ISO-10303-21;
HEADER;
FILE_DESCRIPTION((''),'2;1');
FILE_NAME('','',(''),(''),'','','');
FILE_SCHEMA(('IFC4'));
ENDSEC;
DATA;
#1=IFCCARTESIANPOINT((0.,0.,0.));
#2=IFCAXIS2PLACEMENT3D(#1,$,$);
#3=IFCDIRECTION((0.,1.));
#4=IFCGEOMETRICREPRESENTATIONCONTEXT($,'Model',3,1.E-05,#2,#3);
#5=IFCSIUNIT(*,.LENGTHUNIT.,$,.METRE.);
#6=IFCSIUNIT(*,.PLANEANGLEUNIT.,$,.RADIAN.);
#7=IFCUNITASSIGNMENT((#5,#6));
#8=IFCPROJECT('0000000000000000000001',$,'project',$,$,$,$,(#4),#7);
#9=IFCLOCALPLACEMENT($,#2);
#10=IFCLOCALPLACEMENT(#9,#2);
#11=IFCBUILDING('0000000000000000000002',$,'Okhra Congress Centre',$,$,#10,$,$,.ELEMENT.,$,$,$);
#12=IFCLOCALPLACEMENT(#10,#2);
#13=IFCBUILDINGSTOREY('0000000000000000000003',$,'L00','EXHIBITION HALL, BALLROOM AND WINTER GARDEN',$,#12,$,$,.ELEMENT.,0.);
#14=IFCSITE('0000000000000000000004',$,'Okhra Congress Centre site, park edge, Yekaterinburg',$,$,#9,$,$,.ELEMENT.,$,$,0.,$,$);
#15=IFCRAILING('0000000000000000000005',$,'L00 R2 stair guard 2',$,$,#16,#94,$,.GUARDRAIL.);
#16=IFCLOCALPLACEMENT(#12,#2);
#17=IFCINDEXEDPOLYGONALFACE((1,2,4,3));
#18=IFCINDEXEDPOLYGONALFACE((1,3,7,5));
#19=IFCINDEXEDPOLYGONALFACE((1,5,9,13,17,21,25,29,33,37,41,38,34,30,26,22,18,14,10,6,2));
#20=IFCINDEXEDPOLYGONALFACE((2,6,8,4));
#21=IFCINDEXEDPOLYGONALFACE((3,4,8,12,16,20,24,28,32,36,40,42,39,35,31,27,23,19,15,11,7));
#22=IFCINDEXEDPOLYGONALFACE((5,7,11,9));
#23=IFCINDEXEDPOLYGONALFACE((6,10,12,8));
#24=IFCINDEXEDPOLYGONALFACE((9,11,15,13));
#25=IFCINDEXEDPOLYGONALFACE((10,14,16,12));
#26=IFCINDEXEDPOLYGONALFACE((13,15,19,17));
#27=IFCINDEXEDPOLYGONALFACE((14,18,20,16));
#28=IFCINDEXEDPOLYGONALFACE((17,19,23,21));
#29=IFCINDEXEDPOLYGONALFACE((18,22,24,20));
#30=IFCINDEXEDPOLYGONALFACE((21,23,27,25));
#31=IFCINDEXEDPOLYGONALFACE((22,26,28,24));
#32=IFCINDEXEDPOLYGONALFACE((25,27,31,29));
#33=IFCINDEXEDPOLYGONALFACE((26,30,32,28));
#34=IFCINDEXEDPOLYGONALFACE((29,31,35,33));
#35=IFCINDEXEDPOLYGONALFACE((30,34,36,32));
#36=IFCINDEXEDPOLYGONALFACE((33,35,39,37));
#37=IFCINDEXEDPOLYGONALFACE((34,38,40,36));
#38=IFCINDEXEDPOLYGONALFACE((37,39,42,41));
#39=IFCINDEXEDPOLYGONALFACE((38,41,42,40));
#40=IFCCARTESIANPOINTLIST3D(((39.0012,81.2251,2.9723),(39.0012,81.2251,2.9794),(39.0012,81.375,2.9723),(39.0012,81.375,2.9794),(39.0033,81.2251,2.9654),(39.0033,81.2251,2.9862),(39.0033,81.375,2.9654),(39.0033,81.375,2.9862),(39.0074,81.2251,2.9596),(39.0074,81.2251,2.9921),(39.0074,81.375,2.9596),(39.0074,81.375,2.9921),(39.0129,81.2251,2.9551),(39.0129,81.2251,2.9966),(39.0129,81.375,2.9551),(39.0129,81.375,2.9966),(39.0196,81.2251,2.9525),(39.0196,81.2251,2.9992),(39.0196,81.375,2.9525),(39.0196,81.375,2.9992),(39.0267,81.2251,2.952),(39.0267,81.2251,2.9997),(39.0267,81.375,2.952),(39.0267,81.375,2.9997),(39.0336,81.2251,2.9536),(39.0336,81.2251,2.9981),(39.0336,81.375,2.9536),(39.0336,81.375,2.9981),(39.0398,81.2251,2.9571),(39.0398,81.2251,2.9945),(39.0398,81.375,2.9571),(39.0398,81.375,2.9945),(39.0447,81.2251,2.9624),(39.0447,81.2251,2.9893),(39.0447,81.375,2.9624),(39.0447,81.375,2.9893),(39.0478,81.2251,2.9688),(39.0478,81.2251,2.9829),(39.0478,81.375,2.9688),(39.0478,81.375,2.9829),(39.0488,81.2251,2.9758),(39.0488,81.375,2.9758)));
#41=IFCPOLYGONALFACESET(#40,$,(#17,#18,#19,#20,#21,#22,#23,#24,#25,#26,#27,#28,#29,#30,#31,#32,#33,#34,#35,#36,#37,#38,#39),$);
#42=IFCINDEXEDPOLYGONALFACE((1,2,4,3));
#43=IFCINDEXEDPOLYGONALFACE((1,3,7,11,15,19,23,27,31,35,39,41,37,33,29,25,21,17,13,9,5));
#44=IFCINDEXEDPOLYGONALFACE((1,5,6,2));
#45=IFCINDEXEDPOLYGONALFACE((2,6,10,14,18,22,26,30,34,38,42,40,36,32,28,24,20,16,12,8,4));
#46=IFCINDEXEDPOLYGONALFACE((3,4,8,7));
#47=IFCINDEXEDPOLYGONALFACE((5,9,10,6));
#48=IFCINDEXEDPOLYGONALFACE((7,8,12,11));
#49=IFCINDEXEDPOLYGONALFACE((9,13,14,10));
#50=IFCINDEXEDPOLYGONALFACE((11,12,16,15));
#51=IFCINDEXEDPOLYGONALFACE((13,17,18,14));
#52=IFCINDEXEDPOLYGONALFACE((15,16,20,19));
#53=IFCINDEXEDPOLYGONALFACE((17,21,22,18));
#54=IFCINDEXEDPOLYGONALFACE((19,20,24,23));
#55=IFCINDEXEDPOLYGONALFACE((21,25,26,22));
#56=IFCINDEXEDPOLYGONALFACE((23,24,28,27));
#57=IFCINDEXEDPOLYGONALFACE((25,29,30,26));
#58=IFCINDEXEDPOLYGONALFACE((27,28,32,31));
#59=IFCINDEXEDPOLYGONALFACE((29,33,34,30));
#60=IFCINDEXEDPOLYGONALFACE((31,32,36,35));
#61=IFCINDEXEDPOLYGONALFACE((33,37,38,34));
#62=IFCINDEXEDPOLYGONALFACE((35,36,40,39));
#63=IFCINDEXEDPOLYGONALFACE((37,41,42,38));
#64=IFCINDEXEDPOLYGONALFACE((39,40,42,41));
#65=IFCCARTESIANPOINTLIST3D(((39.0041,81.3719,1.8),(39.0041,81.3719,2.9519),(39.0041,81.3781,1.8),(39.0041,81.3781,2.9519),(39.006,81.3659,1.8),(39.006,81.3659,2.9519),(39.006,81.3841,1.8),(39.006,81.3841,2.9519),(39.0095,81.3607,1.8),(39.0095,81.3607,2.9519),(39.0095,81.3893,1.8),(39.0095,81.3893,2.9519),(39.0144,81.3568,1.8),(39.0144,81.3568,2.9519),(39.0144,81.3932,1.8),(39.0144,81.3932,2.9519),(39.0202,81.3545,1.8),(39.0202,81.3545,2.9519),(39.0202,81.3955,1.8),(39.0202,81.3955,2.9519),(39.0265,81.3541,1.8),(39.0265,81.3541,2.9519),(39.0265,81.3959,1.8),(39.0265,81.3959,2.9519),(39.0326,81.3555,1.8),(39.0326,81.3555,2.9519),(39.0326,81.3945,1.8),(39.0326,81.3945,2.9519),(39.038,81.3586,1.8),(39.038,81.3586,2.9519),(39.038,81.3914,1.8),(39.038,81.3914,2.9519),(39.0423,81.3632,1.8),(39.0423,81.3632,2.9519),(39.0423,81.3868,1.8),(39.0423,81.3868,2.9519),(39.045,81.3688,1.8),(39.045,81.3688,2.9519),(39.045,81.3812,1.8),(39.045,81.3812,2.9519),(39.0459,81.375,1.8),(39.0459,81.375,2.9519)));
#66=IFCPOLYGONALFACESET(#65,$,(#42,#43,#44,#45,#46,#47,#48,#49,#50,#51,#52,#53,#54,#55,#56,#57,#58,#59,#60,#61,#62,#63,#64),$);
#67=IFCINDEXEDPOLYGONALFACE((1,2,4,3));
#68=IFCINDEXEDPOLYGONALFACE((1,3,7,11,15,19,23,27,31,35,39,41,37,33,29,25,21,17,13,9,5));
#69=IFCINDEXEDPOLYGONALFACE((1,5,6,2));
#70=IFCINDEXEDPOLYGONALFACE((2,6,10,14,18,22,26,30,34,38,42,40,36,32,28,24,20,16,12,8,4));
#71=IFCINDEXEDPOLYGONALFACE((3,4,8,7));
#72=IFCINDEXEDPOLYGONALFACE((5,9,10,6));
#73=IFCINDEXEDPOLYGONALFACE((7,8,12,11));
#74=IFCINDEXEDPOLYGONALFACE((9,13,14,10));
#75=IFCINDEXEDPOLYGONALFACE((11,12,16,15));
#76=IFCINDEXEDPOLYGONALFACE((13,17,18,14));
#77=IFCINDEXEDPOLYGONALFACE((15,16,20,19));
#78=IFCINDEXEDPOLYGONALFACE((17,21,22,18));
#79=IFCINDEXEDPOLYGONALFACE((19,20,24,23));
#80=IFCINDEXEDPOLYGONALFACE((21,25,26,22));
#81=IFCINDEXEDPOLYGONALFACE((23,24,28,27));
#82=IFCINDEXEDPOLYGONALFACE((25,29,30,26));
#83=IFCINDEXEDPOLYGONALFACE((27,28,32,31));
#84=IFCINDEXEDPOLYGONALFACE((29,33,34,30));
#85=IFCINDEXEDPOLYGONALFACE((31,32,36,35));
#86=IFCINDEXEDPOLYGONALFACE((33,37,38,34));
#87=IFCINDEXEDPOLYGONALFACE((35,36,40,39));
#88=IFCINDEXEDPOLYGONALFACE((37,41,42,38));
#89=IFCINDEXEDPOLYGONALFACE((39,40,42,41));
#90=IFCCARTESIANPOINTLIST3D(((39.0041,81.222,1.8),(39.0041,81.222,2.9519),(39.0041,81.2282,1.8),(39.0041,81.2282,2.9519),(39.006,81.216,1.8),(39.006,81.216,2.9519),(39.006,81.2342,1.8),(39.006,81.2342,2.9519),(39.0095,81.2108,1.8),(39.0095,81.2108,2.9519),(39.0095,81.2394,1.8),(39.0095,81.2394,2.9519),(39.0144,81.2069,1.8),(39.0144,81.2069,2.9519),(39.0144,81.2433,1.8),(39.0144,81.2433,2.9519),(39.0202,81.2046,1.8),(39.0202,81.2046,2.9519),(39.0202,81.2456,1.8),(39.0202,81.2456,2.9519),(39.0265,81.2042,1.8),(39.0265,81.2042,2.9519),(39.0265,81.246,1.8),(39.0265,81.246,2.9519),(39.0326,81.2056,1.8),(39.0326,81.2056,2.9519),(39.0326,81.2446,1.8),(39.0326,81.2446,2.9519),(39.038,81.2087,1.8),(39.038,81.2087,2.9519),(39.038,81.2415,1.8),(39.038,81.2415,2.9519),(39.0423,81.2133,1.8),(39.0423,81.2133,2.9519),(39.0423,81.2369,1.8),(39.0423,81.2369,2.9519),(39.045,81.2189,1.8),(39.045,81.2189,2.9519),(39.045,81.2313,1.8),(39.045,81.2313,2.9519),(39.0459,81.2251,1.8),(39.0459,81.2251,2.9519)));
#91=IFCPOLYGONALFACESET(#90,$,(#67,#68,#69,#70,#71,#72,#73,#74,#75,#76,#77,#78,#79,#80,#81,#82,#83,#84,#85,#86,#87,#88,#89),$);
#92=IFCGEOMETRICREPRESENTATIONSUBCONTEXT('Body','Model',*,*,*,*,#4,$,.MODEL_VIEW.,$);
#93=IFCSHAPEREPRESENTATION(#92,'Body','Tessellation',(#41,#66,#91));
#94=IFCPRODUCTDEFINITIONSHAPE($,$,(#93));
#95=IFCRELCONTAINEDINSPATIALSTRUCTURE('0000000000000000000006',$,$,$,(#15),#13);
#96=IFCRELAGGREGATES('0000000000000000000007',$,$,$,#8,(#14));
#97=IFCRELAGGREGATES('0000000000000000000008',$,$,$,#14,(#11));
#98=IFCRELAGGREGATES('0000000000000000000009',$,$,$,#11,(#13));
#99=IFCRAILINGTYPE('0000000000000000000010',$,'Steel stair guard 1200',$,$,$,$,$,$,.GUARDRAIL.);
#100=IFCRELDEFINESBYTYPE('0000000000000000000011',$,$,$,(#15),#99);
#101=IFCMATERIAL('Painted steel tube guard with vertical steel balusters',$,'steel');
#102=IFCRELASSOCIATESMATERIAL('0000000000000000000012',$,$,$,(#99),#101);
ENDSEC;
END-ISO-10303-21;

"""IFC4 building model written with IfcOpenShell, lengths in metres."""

from ifc_helpers import new_model, si_unit, direction, frame, origin, origin_2d, place, context, subcontext, project, spatial, circle, extrude, material, type_object, element, save


model = new_model("IFC4")

# Units and contexts
model_context = context("Model", 3, precision=1e-05, world=origin(), true_north=direction((0.0, 1.0)))
body_context = subcontext(model_context, "Body", "Model", "MODEL_VIEW")
ifc_project = project(units=[si_unit("LENGTHUNIT", "METRE"), si_unit("PLANEANGLEUNIT", "RADIAN")], contexts=[model_context])

# Site, building, storey
site_placement = place(None, origin())
site = spatial("IfcSite", under=ifc_project, at=site_placement, Name="Okhra Congress Centre site, park edge, Yekaterinburg", CompositionType="ELEMENT", RefElevation=0.0)
building_placement = place(site_placement, origin())
building = spatial("IfcBuilding", under=site, at=building_placement, Name="Okhra Congress Centre", CompositionType="ELEMENT")
storey_placement = place(building_placement, origin())
storey = spatial("IfcBuildingStorey", under=building, at=storey_placement, Name="L00", Description="EXHIBITION HALL, BALLROOM AND WINTER GARDEN", CompositionType="ELEMENT", Elevation=0.0)

# Railing
ifc_material_1 = material(Name="Painted steel tube guard with vertical steel balusters", Category="steel")
railing_type_1 = type_object("IfcRailingType", Name="Steel stair guard 1200", PredefinedType="GUARDRAIL", material=ifc_material_1)
railing_1_placement = place(storey_placement, frame((39.0249, 81.375, 1.8)))
element("IfcRailing", 1, at=railing_1_placement, inside=storey, type_object=railing_type_1, Name="L00 R2 stair guard 2", PredefinedType="GUARDRAIL", context=body_context, shape_type="SweptSolid", body=[
    extrude(circle(Radius=0.0239, at=origin_2d()), frame((0.0, 0.0, 1.1758), z_axis=(0.0, -1.0, 0.0), x_axis=(1.0, 0.0, 0.0)), (0.0, 0.0, 1.0), 0.1499),
    extrude(circle(Radius=0.021, at=origin_2d()), origin(), (0.0, 0.0, 1.0), 1.1519),
    extrude(circle(Radius=0.021, at=origin_2d()), frame((0.0, -0.1499, 0.0)), (0.0, 0.0, 1.0), 1.1519),
])

save(model, "model.ifc")
